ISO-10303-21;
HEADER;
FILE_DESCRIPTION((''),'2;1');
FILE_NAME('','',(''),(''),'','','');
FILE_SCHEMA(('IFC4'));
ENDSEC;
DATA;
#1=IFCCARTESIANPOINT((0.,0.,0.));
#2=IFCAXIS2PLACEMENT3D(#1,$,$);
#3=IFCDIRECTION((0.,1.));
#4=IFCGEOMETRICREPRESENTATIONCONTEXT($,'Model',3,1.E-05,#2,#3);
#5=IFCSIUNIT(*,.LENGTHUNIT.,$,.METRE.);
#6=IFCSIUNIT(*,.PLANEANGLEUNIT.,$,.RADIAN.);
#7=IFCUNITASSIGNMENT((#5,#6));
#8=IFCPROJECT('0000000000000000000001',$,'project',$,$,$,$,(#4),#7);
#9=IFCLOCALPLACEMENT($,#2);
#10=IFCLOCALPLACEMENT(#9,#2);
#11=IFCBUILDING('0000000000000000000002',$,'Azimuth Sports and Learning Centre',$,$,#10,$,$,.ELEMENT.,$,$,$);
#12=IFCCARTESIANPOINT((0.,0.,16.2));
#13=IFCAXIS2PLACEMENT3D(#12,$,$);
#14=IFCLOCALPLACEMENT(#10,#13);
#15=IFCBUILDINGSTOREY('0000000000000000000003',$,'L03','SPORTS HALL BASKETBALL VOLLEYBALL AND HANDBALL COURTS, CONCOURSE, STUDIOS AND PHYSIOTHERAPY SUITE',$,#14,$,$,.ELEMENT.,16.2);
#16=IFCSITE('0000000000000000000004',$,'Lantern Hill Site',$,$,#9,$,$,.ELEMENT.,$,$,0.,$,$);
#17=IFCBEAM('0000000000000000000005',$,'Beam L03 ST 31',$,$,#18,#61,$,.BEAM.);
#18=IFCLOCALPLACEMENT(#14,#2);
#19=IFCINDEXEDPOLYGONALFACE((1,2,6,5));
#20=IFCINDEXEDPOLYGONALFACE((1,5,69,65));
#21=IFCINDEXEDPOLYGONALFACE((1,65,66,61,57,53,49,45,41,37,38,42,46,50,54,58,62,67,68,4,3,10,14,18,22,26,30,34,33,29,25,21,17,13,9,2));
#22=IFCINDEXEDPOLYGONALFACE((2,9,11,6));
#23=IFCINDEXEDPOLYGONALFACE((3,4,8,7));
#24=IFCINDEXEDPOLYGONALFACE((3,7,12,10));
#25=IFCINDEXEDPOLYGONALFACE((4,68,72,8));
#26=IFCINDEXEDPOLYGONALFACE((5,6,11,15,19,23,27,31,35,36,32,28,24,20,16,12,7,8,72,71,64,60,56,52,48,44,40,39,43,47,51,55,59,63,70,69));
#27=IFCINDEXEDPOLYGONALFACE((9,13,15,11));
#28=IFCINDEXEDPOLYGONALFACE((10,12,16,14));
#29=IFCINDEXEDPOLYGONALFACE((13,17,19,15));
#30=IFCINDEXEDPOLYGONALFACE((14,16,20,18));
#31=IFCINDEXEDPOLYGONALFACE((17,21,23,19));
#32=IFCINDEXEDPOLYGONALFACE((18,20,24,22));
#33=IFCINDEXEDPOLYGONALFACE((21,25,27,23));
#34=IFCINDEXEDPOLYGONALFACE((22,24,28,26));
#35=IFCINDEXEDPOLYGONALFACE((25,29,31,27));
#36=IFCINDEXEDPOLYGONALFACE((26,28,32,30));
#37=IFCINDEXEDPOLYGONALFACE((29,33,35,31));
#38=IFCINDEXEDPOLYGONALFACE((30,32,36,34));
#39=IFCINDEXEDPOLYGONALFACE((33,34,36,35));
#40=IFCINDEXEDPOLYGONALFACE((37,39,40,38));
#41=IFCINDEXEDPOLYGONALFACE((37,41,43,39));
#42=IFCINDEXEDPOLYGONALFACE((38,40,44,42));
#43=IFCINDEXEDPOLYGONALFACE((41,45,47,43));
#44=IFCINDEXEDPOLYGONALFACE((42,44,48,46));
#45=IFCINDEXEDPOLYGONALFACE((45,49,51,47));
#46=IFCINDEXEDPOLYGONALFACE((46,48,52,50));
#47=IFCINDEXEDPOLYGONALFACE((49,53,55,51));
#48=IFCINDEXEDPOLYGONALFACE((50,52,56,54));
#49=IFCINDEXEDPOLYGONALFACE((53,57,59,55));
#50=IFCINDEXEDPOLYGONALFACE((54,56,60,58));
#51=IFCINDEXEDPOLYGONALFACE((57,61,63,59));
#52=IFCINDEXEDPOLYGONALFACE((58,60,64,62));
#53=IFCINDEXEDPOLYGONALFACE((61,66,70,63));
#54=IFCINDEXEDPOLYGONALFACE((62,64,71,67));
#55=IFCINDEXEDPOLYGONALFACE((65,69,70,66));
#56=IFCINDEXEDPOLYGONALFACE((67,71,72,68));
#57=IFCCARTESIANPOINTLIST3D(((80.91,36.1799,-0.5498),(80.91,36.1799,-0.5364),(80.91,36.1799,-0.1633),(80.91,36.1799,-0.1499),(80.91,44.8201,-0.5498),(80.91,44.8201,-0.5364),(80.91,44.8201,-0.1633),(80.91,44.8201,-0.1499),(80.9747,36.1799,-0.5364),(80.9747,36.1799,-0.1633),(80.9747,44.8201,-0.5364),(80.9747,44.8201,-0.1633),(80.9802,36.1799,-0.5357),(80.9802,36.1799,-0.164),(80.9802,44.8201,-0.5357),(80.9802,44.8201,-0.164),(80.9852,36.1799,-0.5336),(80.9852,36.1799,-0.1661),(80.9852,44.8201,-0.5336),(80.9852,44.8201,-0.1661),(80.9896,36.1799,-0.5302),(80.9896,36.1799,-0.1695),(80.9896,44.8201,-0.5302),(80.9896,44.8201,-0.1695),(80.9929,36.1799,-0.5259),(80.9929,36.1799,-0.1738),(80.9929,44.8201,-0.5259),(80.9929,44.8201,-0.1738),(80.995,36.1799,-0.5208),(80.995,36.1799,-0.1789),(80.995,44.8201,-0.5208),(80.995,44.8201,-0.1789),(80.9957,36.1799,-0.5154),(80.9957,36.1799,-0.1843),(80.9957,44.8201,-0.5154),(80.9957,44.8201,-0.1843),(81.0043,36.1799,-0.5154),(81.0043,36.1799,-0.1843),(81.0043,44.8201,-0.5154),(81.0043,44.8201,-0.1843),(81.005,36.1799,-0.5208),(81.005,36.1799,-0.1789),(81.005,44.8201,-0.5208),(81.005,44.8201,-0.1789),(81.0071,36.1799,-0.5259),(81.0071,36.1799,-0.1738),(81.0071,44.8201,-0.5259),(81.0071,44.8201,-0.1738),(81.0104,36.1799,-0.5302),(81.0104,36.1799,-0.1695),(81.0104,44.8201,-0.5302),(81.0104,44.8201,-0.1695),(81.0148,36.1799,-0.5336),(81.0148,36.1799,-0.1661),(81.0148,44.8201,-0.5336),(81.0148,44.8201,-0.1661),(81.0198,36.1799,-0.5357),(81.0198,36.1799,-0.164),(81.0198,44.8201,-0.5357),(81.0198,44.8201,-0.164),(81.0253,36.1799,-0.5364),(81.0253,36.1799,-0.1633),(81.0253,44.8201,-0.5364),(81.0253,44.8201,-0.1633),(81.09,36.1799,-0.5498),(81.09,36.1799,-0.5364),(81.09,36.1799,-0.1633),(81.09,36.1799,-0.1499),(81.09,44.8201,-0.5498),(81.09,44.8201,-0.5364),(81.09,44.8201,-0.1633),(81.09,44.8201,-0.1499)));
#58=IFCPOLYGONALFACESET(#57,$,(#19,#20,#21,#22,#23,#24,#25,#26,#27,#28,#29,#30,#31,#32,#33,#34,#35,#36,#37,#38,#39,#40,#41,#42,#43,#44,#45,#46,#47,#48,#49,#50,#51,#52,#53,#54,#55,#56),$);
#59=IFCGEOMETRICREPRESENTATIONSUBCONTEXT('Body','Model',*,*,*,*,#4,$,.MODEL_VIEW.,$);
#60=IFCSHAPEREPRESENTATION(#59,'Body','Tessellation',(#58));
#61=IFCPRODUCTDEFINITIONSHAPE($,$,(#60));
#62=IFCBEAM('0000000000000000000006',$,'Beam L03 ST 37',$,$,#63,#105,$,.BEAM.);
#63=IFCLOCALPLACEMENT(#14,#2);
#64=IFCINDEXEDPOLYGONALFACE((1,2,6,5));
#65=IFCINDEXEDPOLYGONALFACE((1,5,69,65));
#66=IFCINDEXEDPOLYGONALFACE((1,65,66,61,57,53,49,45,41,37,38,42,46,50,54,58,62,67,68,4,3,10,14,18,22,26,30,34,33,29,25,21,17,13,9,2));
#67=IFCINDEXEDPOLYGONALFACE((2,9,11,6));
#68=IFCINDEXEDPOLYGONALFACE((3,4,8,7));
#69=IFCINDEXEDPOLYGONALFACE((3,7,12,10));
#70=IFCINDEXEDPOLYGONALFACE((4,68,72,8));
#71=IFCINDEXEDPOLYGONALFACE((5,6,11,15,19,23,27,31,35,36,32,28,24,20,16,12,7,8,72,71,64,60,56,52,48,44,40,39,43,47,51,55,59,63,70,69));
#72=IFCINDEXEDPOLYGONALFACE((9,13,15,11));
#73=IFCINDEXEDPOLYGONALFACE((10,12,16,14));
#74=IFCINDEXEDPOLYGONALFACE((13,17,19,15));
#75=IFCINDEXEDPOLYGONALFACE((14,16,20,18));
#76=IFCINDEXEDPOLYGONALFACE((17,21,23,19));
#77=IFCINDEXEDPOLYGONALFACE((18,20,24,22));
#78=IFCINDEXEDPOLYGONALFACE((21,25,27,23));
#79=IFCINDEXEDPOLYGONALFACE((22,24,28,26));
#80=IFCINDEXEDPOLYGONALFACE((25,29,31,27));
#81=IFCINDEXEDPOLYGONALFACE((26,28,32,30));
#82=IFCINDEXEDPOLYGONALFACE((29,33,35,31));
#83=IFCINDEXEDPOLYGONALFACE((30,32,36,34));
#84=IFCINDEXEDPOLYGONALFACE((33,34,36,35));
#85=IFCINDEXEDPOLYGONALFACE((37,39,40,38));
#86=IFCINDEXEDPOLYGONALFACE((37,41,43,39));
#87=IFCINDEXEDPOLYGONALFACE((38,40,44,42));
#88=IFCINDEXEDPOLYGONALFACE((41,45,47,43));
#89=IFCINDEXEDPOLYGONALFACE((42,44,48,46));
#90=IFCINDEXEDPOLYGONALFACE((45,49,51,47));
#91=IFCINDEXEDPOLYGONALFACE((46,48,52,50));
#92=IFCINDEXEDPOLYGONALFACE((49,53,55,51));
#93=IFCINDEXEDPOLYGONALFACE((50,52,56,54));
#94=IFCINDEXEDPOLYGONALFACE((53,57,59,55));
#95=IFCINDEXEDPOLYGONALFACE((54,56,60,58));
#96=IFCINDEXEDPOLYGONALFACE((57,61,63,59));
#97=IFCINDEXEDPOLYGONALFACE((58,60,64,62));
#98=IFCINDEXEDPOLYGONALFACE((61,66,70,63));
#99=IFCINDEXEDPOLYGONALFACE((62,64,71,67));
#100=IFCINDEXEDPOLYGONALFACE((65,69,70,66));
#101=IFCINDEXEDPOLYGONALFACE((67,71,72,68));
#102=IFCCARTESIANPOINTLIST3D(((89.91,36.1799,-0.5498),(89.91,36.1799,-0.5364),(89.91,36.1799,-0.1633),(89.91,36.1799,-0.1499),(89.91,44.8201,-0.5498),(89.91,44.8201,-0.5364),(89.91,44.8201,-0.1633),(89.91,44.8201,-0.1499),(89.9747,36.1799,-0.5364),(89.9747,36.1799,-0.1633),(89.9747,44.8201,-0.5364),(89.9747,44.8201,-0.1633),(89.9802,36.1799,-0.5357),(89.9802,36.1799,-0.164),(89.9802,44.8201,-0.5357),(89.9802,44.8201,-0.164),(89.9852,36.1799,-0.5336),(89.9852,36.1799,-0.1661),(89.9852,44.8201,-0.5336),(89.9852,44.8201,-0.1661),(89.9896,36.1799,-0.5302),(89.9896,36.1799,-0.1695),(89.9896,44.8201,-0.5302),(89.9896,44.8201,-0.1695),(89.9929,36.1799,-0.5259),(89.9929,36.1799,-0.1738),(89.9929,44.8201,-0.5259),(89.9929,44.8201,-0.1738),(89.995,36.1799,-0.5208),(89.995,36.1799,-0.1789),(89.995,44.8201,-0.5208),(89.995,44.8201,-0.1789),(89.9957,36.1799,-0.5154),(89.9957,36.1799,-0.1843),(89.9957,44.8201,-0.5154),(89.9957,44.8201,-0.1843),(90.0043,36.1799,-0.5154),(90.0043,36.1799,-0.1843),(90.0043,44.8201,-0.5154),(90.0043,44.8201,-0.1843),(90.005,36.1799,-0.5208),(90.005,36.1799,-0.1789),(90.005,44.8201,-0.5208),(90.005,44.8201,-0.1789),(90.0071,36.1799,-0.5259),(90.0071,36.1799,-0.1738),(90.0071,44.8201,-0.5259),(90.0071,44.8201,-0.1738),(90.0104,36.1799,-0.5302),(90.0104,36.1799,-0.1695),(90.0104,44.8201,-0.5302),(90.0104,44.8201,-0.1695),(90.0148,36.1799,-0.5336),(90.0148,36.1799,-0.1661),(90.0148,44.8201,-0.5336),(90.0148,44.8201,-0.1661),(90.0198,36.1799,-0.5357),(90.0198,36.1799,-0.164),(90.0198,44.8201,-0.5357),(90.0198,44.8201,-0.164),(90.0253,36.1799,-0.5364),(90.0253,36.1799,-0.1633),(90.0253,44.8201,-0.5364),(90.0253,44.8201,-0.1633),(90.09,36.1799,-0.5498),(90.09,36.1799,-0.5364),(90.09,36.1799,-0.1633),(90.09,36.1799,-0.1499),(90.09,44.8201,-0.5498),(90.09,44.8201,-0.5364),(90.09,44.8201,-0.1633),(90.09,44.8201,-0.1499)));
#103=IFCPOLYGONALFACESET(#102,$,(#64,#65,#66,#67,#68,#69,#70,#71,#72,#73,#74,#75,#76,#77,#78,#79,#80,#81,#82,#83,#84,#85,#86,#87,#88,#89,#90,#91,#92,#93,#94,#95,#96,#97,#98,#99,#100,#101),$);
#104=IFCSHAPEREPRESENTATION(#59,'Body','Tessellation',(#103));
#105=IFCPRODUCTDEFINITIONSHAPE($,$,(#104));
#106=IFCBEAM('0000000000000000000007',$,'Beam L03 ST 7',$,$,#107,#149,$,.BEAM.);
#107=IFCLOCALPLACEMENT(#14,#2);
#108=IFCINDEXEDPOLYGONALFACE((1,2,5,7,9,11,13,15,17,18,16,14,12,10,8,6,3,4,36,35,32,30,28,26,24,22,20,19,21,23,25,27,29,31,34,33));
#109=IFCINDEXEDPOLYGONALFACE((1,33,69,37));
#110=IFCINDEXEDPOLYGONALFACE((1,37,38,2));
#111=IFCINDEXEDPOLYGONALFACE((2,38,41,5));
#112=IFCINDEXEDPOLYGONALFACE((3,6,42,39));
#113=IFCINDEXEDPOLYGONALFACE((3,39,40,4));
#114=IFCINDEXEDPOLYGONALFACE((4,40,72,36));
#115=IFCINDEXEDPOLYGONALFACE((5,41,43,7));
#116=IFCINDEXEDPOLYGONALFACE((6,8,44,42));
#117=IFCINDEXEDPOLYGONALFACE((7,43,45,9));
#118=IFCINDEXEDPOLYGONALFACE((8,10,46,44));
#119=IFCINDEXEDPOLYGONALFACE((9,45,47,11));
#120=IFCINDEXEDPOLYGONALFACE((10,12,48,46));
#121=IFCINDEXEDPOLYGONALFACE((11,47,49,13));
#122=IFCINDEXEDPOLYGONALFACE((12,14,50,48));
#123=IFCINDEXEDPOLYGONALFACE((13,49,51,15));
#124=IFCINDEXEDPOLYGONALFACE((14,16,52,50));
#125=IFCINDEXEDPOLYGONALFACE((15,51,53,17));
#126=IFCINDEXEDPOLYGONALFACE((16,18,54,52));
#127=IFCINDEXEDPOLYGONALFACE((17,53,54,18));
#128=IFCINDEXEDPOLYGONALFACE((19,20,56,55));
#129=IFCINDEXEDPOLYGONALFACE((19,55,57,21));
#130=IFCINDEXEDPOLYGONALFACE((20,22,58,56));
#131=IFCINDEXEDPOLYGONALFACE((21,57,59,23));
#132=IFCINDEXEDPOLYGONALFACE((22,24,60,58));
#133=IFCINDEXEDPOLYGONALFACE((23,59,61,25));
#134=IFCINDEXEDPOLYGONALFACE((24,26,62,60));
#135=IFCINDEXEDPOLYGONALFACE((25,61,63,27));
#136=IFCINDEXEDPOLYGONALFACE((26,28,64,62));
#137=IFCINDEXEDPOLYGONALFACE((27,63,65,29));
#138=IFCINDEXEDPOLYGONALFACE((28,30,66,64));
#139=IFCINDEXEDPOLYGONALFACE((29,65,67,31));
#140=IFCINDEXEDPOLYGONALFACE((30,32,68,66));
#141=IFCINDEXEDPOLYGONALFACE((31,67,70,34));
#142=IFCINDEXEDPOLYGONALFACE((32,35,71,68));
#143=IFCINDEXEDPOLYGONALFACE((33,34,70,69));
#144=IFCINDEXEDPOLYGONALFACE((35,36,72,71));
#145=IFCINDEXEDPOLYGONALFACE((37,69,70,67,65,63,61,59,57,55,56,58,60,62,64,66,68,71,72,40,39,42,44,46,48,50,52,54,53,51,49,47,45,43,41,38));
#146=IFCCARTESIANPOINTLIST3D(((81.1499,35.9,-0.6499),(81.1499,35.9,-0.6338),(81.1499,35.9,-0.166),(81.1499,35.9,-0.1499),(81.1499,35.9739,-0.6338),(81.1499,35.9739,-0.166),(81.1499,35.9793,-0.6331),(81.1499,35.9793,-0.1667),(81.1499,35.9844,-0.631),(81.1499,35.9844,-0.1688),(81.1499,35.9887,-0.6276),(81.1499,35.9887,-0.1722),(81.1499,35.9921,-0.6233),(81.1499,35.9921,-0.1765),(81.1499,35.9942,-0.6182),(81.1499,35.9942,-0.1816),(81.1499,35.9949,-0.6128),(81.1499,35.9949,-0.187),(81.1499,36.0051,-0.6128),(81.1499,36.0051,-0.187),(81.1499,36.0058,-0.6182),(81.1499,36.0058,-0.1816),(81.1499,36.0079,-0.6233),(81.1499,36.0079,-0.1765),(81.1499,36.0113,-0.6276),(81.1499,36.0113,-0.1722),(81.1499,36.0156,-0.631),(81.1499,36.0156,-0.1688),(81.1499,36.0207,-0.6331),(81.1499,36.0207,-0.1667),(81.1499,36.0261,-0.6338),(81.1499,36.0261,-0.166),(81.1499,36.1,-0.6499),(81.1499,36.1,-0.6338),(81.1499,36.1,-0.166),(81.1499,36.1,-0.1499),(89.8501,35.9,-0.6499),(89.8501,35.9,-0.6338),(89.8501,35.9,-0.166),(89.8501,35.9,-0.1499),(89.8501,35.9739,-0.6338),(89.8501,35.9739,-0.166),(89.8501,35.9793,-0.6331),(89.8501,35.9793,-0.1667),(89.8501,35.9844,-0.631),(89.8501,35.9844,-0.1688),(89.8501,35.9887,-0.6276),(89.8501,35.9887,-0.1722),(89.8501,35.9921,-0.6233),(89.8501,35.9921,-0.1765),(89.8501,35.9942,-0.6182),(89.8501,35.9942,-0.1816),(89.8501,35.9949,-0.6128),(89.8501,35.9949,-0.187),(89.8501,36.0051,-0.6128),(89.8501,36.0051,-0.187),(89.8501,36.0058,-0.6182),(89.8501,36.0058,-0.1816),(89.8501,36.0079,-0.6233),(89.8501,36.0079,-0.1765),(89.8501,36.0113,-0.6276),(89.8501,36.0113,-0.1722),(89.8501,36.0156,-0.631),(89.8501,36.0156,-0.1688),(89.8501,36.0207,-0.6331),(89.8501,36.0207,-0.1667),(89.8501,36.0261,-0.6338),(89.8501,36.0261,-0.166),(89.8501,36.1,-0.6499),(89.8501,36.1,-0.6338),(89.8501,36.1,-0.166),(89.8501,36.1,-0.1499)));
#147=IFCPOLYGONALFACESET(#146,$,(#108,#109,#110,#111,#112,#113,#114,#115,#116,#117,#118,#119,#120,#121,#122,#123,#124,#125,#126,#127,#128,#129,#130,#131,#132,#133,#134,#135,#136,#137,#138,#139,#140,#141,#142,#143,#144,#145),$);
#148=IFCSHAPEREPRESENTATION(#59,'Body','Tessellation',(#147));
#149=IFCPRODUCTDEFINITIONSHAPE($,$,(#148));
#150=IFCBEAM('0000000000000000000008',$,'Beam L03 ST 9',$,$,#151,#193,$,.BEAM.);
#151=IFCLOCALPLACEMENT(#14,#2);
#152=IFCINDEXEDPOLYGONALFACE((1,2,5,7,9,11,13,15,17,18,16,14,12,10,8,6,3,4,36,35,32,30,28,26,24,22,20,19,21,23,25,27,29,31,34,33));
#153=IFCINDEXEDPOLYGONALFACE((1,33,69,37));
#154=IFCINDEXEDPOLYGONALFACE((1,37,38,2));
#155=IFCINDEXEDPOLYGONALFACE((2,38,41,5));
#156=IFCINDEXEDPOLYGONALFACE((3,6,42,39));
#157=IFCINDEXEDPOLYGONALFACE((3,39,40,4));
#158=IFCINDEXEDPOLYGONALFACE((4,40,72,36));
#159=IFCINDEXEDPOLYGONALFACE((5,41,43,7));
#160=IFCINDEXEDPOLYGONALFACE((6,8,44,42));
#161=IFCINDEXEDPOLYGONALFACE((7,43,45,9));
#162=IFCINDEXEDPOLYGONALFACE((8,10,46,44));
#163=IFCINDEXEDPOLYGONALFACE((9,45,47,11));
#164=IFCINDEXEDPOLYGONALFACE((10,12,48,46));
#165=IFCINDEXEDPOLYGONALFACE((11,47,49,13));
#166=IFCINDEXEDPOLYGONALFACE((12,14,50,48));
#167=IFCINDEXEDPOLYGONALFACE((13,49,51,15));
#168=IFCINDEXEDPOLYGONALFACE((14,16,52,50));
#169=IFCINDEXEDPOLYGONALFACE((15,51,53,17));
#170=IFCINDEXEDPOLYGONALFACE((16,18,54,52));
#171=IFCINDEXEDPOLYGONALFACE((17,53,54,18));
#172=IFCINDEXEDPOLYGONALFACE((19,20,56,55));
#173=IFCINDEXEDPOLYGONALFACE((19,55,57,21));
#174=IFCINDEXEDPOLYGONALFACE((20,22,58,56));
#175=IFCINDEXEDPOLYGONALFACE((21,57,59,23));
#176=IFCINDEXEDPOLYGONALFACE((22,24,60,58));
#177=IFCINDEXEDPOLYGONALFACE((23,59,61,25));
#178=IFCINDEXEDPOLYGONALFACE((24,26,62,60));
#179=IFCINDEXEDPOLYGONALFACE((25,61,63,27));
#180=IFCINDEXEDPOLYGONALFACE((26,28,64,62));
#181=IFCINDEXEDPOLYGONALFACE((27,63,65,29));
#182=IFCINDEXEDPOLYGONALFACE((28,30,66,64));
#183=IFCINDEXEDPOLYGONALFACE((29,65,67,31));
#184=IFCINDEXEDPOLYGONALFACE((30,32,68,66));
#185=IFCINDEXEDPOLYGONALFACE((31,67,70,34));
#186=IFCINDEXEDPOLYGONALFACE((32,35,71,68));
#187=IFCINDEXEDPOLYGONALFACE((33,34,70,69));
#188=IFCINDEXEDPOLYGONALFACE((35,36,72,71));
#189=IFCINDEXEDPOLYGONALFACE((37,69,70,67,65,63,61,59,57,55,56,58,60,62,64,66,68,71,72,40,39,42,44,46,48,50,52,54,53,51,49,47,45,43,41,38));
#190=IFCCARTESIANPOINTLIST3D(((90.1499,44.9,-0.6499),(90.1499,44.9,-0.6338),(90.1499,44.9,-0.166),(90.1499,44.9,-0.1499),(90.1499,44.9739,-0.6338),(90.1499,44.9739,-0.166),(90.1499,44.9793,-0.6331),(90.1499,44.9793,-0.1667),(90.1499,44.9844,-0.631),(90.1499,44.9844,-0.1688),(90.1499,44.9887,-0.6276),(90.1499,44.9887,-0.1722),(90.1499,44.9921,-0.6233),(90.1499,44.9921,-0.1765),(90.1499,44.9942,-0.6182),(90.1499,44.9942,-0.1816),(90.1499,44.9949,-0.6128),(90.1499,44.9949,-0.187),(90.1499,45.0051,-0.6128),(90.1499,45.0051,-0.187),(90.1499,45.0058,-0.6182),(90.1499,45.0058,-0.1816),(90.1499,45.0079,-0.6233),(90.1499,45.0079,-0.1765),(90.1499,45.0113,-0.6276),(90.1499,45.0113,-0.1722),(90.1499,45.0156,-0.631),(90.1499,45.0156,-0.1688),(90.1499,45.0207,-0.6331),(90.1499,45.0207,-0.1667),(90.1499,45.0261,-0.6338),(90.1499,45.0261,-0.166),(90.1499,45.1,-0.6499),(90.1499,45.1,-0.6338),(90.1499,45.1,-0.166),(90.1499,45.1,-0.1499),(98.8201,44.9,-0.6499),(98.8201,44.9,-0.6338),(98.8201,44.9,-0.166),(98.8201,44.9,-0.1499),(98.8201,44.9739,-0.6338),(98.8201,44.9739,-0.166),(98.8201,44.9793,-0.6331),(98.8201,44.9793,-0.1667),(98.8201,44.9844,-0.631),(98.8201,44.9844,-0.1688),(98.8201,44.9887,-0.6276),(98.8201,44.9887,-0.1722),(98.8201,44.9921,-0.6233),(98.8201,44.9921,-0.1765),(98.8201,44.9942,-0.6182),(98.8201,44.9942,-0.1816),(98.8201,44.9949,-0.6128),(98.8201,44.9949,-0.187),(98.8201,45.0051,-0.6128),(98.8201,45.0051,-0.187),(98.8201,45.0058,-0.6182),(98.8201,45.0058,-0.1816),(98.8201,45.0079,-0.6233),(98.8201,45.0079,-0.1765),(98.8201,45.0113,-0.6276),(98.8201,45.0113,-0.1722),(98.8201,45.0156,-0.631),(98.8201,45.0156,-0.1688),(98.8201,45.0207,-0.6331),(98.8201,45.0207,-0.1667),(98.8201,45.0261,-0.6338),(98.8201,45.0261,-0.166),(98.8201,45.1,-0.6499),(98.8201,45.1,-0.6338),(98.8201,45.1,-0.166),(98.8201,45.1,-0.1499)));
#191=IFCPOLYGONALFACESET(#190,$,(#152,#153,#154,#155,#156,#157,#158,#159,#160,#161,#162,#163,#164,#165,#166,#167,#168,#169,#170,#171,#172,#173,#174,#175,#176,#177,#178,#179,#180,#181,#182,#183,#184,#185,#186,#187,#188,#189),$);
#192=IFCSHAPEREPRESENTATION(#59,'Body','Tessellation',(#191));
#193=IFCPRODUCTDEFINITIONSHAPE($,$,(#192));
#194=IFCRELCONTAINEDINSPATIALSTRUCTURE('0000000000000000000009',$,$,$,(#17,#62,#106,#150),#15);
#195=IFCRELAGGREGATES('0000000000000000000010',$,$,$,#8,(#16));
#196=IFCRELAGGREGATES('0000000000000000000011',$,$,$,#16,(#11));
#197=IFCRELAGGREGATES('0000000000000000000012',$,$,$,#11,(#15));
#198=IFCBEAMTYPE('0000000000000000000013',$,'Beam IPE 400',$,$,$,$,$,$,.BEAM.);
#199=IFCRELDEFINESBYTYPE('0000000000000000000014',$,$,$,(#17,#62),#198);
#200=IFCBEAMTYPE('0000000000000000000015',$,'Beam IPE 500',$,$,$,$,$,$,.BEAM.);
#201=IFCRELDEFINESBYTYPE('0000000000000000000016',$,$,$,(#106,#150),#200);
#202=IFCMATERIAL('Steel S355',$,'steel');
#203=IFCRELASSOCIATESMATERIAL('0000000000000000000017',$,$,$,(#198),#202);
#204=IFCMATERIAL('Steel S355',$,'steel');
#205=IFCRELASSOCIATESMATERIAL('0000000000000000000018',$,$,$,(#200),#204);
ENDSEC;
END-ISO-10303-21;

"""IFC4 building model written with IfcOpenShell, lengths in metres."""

from ifc_helpers import new_model, si_unit, direction, frame, origin, origin_2d, place, context, subcontext, project, spatial, i_section, extrude, material, material_profile, profile_set, type_object, element, save


model = new_model("IFC4")

# Units and contexts
model_context = context("Model", 3, precision=1e-05, world=origin(), true_north=direction((0.0, 1.0)))
body_context = subcontext(model_context, "Body", "Model", "MODEL_VIEW")
ifc_project = project(units=[si_unit("LENGTHUNIT", "METRE"), si_unit("PLANEANGLEUNIT", "RADIAN")], contexts=[model_context])

# Site, building, storey
site_placement = place(None, origin())
site = spatial("IfcSite", under=ifc_project, at=site_placement, Name="Lantern Hill Site", CompositionType="ELEMENT", RefElevation=0.0)
building_placement = place(site_placement, origin())
building = spatial("IfcBuilding", under=site, at=building_placement, Name="Azimuth Sports and Learning Centre", CompositionType="ELEMENT")
storey_placement = place(building_placement, frame((0.0, 0.0, 16.2)))
storey = spatial("IfcBuildingStorey", under=building, at=storey_placement, Name="L03", Description="SPORTS HALL BASKETBALL VOLLEYBALL AND HANDBALL COURTS, CONCOURSE, STUDIOS AND PHYSIOTHERAPY SUITE", CompositionType="ELEMENT", Elevation=16.2)

# Beams
ifc_material_1 = material(Name="Steel S355", Category="steel")
ifc_material_profile_1 = material_profile(ifc_material_1, i_section(OverallWidth=0.1799, OverallDepth=0.3999, WebThickness=0.0085, FlangeThickness=0.0134, FilletRadius=0.021, at=origin_2d()), Name="IPE 400")
ifc_profile_set_1 = profile_set([ifc_material_profile_1], Name="Steel S355")
beam_type_1 = type_object("IfcBeamType", Name="Beam IPE 400", PredefinedType="BEAM", material=ifc_profile_set_1)
for number, where, z_axis, x_axis, name in (
    (1, (81.0, 36.1799, -0.3499), (0.0, 1.0, 0.0), (-1.0, 0.0, 0.0), "Beam L03 ST 31"),
    (2, (90.0, 36.1799, -0.3499), (0.0, 1.0, 0.0), (-1.0, 0.0, 0.0), "Beam L03 ST 37"),
):
    element("IfcBeam", number, at=place(storey_placement, frame(where, z_axis=z_axis, x_axis=x_axis)), inside=storey, type_object=beam_type_1, Name=name, PredefinedType="BEAM", context=body_context, shape_type="SweptSolid", body=[
        extrude(i_section(OverallWidth=0.1799, OverallDepth=0.3999, WebThickness=0.0085, FlangeThickness=0.0134, FilletRadius=0.021, at=origin_2d()), origin(), (0.0, 0.0, 1.0), 8.6401),
    ])
ifc_material_2 = material(Name="Steel S355", Category="steel")
ifc_material_profile_2 = material_profile(ifc_material_2, i_section(OverallWidth=0.2, OverallDepth=0.5, WebThickness=0.0103, FlangeThickness=0.0161, FilletRadius=0.021, at=origin_2d()), Name="IPE 500")
ifc_profile_set_2 = profile_set([ifc_material_profile_2], Name="Steel S355")
beam_type_2 = type_object("IfcBeamType", Name="Beam IPE 500", PredefinedType="BEAM", material=ifc_profile_set_2)
beam_1_placement = place(storey_placement, frame((81.1499, 36.0, -0.3999), z_axis=(1.0, 0.0, 0.0), x_axis=(0.0, 1.0, 0.0)))
element("IfcBeam", 3, at=beam_1_placement, inside=storey, type_object=beam_type_2, Name="Beam L03 ST 7", PredefinedType="BEAM", context=body_context, shape_type="SweptSolid", body=[
    extrude(i_section(OverallWidth=0.2, OverallDepth=0.5, WebThickness=0.0103, FlangeThickness=0.0161, FilletRadius=0.021, at=origin_2d()), origin(), (0.0, 0.0, 1.0), 8.7002),
])
beam_2_placement = place(storey_placement, frame((90.1499, 45.0, -0.3999), z_axis=(1.0, 0.0, 0.0), x_axis=(0.0, 1.0, 0.0)))
element("IfcBeam", 4, at=beam_2_placement, inside=storey, type_object=beam_type_2, Name="Beam L03 ST 9", PredefinedType="BEAM", context=body_context, shape_type="SweptSolid", body=[
    extrude(i_section(OverallWidth=0.2, OverallDepth=0.5, WebThickness=0.0103, FlangeThickness=0.0161, FilletRadius=0.021, at=origin_2d()), origin(), (0.0, 0.0, 1.0), 8.6702),
])

save(model, "model.ifc")
